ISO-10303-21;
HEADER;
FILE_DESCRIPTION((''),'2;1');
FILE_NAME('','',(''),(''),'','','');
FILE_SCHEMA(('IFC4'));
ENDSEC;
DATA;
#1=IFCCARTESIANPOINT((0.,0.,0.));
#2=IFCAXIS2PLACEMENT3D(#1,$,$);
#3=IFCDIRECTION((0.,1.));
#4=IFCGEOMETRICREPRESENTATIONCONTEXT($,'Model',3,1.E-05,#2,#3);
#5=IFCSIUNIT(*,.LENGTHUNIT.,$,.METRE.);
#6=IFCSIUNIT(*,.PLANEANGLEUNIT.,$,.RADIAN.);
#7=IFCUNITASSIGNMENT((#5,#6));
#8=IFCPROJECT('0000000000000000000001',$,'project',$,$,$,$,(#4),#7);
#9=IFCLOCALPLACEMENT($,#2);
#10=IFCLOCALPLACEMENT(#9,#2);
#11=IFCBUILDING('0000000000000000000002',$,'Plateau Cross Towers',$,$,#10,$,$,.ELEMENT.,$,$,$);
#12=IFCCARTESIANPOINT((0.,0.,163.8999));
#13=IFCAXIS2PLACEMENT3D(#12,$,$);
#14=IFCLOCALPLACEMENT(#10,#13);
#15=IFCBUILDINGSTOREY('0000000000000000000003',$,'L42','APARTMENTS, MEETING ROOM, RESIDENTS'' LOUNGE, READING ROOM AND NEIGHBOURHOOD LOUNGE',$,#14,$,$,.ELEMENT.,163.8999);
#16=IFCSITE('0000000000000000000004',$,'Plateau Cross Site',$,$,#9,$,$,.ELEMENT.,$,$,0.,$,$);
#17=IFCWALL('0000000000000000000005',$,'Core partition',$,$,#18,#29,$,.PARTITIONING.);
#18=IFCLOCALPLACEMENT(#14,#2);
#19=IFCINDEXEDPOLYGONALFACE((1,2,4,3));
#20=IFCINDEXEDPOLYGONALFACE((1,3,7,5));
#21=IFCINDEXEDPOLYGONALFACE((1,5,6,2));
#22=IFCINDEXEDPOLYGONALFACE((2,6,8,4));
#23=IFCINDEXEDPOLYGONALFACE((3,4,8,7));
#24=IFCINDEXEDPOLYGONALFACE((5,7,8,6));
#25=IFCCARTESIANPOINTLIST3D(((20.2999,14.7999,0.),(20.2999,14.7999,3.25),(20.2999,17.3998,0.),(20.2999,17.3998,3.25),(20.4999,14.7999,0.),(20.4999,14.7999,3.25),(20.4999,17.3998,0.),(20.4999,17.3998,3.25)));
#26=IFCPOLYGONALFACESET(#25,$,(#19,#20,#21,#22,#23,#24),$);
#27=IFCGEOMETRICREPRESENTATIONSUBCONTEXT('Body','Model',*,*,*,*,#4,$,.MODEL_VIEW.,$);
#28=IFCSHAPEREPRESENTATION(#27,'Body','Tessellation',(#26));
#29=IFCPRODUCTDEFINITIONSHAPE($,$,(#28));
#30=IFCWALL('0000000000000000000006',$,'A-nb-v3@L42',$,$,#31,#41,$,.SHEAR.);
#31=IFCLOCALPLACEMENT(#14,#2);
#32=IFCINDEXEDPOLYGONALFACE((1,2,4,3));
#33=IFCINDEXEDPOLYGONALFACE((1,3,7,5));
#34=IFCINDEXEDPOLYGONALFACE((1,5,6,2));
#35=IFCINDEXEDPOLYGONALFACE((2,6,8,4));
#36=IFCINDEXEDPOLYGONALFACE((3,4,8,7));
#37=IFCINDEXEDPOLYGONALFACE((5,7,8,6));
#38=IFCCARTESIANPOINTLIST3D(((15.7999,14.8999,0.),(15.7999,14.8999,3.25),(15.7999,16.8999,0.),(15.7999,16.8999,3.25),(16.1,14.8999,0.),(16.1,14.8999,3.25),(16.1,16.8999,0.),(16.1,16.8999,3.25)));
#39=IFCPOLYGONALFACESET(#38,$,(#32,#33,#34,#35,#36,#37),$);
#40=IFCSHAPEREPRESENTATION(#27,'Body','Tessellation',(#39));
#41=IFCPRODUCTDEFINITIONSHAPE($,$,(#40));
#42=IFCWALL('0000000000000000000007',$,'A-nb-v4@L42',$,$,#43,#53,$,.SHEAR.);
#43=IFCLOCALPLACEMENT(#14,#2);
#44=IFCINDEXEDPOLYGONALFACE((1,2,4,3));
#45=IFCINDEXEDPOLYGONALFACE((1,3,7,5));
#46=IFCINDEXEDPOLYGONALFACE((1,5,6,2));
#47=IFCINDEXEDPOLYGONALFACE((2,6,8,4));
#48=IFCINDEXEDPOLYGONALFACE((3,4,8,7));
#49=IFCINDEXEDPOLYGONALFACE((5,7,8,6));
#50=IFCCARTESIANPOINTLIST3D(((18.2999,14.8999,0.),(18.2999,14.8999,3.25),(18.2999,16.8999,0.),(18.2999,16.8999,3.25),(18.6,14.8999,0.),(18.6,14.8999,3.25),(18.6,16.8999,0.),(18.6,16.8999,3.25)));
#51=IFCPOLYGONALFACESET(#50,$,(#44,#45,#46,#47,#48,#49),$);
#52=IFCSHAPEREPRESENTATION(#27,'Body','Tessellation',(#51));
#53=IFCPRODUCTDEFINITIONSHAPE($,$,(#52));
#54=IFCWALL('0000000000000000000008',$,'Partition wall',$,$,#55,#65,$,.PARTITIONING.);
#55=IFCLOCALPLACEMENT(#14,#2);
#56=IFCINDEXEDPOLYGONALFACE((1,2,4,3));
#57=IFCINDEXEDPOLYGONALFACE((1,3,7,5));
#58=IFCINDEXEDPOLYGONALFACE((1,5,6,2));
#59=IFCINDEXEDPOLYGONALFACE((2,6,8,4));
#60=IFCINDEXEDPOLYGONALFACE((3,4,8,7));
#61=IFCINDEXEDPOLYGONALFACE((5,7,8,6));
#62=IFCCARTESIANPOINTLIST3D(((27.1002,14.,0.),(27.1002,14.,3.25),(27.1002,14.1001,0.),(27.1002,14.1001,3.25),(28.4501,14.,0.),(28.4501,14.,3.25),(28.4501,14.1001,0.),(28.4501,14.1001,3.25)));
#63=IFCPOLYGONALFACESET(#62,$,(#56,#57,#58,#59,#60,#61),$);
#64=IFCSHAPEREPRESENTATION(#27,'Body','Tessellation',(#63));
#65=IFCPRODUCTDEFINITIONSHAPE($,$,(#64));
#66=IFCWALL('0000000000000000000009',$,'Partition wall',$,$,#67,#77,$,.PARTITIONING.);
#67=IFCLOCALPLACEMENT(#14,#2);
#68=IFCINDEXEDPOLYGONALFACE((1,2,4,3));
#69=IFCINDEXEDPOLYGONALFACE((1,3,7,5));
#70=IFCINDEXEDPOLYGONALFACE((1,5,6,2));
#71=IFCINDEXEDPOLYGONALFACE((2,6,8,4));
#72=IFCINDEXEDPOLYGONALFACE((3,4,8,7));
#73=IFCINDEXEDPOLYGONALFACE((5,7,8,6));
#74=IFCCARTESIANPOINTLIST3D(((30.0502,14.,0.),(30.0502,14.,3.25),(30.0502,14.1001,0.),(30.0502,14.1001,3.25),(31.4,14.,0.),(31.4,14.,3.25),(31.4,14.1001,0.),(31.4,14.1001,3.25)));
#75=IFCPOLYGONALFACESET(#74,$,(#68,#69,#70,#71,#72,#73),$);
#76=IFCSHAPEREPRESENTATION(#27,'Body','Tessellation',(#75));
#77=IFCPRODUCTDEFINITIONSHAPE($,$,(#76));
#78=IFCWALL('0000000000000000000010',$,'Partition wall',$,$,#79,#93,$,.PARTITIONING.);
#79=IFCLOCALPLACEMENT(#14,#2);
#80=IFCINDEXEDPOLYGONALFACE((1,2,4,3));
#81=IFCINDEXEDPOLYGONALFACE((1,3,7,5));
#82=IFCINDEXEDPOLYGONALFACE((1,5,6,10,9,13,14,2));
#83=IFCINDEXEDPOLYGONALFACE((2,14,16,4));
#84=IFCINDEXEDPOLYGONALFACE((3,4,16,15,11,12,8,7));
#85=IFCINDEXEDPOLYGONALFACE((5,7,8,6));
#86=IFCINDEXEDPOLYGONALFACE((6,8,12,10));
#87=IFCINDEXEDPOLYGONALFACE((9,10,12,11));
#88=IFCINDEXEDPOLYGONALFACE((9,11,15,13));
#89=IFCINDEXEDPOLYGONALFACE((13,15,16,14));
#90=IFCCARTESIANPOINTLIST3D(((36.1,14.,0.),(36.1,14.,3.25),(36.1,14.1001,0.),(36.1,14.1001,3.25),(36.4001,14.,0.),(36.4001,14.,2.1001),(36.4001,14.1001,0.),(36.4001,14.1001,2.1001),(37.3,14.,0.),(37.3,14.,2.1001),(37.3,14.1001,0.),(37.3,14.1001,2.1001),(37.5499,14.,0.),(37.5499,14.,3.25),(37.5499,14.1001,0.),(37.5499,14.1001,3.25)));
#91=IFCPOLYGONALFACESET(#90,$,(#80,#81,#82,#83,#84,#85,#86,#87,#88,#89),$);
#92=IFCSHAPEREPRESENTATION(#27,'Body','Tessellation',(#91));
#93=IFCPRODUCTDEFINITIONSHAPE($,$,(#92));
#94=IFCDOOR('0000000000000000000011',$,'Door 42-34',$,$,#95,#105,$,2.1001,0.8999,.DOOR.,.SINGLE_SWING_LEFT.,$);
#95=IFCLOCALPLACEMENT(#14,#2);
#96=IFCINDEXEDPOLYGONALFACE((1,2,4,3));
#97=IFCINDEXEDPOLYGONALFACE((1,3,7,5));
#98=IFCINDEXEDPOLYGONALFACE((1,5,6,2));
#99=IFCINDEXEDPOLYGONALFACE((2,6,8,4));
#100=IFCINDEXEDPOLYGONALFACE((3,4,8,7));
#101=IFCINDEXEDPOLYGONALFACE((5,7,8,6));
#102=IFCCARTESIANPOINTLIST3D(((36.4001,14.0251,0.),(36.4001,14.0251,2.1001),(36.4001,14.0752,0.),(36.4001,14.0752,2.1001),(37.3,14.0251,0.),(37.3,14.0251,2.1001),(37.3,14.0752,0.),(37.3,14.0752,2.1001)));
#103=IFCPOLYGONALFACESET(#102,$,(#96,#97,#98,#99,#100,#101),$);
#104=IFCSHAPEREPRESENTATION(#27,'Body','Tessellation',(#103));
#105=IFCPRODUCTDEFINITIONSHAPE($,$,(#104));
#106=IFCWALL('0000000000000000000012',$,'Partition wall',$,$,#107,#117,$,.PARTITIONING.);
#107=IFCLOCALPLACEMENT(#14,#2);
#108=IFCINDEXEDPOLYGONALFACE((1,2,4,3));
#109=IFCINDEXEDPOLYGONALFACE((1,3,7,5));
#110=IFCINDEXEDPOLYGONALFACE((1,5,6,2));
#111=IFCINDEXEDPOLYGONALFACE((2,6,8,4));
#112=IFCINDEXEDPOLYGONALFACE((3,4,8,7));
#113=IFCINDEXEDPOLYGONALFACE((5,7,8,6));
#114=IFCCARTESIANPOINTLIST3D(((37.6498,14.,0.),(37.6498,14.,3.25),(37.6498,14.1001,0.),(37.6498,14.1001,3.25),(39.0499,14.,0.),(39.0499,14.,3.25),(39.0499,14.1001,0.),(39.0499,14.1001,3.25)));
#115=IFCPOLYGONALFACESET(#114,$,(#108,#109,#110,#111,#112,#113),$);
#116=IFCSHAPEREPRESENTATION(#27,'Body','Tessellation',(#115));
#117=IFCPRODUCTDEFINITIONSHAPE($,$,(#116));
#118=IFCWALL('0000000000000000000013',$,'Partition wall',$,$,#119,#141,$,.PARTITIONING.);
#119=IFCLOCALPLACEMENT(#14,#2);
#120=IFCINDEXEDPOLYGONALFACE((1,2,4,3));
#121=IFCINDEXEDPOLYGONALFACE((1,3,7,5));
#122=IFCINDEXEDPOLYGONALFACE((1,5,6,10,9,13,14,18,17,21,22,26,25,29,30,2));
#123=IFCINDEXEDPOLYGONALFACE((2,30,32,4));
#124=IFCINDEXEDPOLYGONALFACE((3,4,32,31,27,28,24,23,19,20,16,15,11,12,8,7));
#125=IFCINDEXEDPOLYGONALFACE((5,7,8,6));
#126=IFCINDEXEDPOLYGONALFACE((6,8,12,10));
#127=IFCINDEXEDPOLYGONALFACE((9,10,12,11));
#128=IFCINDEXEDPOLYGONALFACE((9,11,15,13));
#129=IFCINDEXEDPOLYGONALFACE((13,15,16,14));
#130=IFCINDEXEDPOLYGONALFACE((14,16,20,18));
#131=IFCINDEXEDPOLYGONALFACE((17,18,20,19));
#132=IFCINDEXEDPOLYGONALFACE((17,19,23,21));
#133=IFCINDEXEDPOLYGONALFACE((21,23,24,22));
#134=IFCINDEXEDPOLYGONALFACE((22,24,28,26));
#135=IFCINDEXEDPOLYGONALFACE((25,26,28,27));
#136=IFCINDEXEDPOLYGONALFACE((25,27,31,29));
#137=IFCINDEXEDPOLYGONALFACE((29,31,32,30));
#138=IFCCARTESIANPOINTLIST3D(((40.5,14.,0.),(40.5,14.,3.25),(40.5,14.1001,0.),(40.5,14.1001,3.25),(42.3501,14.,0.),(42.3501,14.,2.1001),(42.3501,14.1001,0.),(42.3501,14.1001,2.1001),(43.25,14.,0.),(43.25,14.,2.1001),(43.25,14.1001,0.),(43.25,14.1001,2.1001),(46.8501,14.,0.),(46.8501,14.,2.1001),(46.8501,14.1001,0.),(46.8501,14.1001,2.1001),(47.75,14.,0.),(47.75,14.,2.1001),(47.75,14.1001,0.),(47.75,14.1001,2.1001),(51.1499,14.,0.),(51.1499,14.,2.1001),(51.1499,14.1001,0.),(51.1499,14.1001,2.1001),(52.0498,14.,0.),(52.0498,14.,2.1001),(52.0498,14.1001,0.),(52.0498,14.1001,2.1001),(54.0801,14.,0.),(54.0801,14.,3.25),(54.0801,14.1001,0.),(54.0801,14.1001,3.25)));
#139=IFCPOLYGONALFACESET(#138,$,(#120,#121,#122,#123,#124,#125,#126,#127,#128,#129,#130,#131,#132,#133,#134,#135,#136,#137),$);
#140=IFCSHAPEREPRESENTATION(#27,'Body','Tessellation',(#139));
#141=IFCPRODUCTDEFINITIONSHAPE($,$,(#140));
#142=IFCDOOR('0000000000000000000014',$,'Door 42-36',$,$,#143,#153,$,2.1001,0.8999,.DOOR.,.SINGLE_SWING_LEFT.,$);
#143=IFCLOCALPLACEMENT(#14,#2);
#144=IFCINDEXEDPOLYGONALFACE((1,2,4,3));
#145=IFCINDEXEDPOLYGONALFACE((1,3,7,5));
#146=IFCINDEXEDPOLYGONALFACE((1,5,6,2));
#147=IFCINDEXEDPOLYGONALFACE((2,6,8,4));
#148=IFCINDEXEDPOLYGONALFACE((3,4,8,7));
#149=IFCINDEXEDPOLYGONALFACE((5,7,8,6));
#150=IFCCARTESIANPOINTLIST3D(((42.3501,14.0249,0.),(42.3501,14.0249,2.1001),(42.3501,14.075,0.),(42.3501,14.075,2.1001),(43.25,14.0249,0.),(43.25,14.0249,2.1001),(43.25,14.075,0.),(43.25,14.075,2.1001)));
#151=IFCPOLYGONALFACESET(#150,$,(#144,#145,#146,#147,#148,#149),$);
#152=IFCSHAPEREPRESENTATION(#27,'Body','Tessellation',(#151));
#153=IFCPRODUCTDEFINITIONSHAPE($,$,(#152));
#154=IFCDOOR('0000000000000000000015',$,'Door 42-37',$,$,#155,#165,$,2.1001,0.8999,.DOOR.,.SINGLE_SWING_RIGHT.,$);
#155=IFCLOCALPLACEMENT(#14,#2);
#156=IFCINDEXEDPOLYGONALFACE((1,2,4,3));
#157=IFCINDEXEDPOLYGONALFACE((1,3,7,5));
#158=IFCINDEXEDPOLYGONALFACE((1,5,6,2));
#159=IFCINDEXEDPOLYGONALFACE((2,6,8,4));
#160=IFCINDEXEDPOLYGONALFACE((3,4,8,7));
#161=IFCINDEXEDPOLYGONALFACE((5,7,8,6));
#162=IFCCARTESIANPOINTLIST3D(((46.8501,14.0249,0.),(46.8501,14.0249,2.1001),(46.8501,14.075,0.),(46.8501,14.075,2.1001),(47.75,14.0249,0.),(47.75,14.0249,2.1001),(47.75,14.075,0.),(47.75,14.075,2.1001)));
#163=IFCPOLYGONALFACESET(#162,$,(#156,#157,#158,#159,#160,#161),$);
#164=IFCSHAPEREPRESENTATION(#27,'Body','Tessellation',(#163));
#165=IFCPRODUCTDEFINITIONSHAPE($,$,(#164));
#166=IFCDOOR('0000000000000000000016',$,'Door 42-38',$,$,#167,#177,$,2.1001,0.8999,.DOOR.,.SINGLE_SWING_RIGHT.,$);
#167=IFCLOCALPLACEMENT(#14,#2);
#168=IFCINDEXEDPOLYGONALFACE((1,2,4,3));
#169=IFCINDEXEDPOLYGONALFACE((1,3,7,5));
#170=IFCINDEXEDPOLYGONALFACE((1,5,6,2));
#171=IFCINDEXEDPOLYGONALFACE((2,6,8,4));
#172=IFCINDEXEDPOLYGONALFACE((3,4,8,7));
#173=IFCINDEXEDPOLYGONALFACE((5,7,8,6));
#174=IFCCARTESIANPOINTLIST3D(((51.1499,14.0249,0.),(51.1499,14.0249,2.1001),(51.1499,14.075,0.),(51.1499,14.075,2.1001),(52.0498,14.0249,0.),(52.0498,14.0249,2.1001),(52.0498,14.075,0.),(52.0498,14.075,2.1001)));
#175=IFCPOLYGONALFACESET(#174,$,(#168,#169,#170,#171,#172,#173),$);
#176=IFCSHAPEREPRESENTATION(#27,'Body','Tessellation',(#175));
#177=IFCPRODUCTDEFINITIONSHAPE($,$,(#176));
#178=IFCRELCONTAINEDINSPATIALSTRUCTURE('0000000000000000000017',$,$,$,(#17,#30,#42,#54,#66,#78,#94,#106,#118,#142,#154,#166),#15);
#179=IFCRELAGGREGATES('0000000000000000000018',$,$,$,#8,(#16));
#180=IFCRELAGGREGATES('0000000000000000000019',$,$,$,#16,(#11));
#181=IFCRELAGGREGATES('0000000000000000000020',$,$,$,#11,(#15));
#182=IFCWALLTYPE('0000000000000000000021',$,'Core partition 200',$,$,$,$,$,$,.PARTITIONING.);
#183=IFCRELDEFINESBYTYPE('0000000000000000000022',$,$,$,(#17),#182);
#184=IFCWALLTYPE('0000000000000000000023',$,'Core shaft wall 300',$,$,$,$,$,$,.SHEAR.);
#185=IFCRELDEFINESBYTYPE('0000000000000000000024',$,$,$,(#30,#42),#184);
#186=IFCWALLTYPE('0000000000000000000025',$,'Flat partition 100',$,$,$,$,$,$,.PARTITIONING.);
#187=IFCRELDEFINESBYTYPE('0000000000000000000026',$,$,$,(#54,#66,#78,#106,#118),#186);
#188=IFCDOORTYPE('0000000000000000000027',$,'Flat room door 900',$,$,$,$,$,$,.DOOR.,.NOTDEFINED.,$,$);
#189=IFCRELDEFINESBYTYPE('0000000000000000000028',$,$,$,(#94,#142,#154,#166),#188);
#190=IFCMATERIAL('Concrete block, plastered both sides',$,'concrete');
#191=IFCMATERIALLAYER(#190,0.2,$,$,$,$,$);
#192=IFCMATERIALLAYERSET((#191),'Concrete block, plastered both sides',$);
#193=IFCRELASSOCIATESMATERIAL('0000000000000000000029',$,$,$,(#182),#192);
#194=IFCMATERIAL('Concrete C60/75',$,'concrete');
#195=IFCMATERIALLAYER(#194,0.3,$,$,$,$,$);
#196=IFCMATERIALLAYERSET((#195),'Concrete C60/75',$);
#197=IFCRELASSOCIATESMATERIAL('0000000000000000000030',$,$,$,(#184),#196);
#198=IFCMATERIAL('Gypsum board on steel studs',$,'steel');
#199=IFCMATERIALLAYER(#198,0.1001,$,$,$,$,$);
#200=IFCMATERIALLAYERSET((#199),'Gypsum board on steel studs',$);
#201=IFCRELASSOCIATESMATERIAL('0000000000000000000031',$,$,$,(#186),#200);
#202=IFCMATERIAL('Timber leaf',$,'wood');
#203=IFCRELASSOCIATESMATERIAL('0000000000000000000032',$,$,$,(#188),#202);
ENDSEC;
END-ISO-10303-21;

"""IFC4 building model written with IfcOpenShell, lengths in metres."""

from ifc_helpers import new_model, si_unit, direction, frame, frame_2d, origin, place, context, subcontext, project, spatial, rectangle, extrude, material, layer, layer_set, type_object, element, fill, save


model = new_model("IFC4")

# Units and contexts
model_context = context("Model", 3, precision=1e-05, world=origin(), true_north=direction((0.0, 1.0)))
body_context = subcontext(model_context, "Body", "Model", "MODEL_VIEW")
ifc_project = project(units=[si_unit("LENGTHUNIT", "METRE"), si_unit("PLANEANGLEUNIT", "RADIAN")], contexts=[model_context])

# Site, building, storey
site_placement = place(None, origin())
site = spatial("IfcSite", under=ifc_project, at=site_placement, Name="Plateau Cross Site", CompositionType="ELEMENT", RefElevation=0.0)
building_placement = place(site_placement, origin())
building = spatial("IfcBuilding", under=site, at=building_placement, Name="Plateau Cross Towers", CompositionType="ELEMENT")
storey_placement = place(building_placement, frame((0.0, 0.0, 163.8999)))
storey = spatial("IfcBuildingStorey", under=building, at=storey_placement, Name="L42", Description="APARTMENTS, MEETING ROOM, RESIDENTS' LOUNGE, READING ROOM AND NEIGHBOURHOOD LOUNGE", CompositionType="ELEMENT", Elevation=163.8999)

# Shared definitions
ifc_material_1 = material(Name="Concrete C60/75", Category="concrete")

# Shared definitions
ifc_material_2 = material(Name="Concrete block, plastered both sides", Category="concrete")
ifc_layer_1 = layer(ifc_material_2, 0.2)
ifc_layer_set_1 = layer_set([ifc_layer_1], Name="Concrete block, plastered both sides")
wall_type_1 = type_object("IfcWallType", Name="Core partition 200", PredefinedType="PARTITIONING", material=ifc_layer_set_1)

# Walls
wall_1_placement = place(storey_placement, frame((20.3999, 14.8, 0.0), z_axis=(0.0, 0.0, 1.0), x_axis=(0.0, 1.0, 0.0)))
element("IfcWall", 1, at=wall_1_placement, inside=storey, type_object=wall_type_1, Name="Core partition", PredefinedType="PARTITIONING", context=body_context, shape_type="SweptSolid", body=[
    extrude(rectangle(XDim=2.5999, YDim=0.2, at=frame_2d((1.2998, 0.0))), origin(), (0.0, 0.0, 1.0), 3.25),
])
ifc_layer_2 = layer(ifc_material_1, 0.3)
ifc_layer_set_2 = layer_set([ifc_layer_2], Name="Concrete C60/75")
wall_type_2 = type_object("IfcWallType", Name="Core shaft wall 300", PredefinedType="SHEAR", material=ifc_layer_set_2)
for number, where, z_axis, x_axis, name in (
    (2, (15.95, 14.8999, 0.0), (0.0, 0.0, 1.0), (0.0, 1.0, 0.0), "A-nb-v3@L42"),
    (3, (18.45, 14.8999, 0.0), (0.0, 0.0, 1.0), (0.0, 1.0, 0.0), "A-nb-v4@L42"),
):
    element("IfcWall", number, at=place(storey_placement, frame(where, z_axis=z_axis, x_axis=x_axis)), inside=storey, type_object=wall_type_2, Name=name, PredefinedType="SHEAR", context=body_context, shape_type="SweptSolid", body=[
        extrude(rectangle(XDim=2.0, YDim=0.3, at=frame_2d((1.0, 0.0))), origin(), (0.0, 0.0, 1.0), 3.25),
    ])
ifc_material_3 = material(Name="Gypsum board on steel studs", Category="steel")
ifc_layer_3 = layer(ifc_material_3, 0.1001)
ifc_layer_set_3 = layer_set([ifc_layer_3], Name="Gypsum board on steel studs")
wall_type_3 = type_object("IfcWallType", Name="Flat partition 100", PredefinedType="PARTITIONING", material=ifc_layer_set_3)
for number, where, z_axis, x_axis, name in (
    (4, (28.45, 14.05, 0.0), (0.0, 0.0, 1.0), (-1.0, 0.0, 0.0), "Partition wall"),
    (5, (31.3999, 14.05, 0.0), (0.0, 0.0, 1.0), (-1.0, 0.0, 0.0), "Partition wall"),
):
    element("IfcWall", number, at=place(storey_placement, frame(where, z_axis=z_axis, x_axis=x_axis)), inside=storey, type_object=wall_type_3, Name=name, PredefinedType="PARTITIONING", context=body_context, shape_type="SweptSolid", body=[
        extrude(rectangle(XDim=1.3499, YDim=0.1001, at=frame_2d((0.6748, 0.0))), origin(), (0.0, 0.0, 1.0), 3.25),
    ])

# Wall, opening, door
wall_2_placement = place(storey_placement, frame((37.55, 14.05, 0.0), z_axis=(0.0, 0.0, 1.0), x_axis=(-1.0, 0.0, 0.0)))
wall_2 = element("IfcWall", 6, at=wall_2_placement, inside=storey, type_object=wall_type_3, Name="Partition wall", PredefinedType="PARTITIONING", context=body_context, shape_type="SweptSolid", body=[
    extrude(rectangle(XDim=1.45, YDim=0.1001, at=frame_2d((0.7251, 0.0))), origin(), (0.0, 0.0, 1.0), 3.25),
])
opening_1_placement = place(wall_2_placement, frame((0.25, 0.0, 0.0)))
opening_1 = element("IfcOpeningElement", 7, at=opening_1_placement, cuts=wall_2, PredefinedType="OPENING", context=body_context, shape_type="SweptSolid", body=[
    extrude(rectangle(XDim=0.8999, YDim=2.1001, at=frame_2d((0.45, 1.05))), frame((0.0, 0.0601, 0.0), z_axis=(0.0, -1.0, 0.0), x_axis=(1.0, 0.0, 0.0)), (0.0, 0.0, 1.0), 0.1201),
])
ifc_material_4 = material(Name="Timber leaf", Category="wood")
door_type_1 = type_object("IfcDoorType", Name="Flat room door 900", OperationType="NOTDEFINED", PredefinedType="DOOR", material=ifc_material_4)
door_1_placement = place(opening_1_placement, origin())
door_1 = element("IfcDoor", 8, at=door_1_placement, inside=storey, type_object=door_type_1, Name="Door 42-34", OperationType="SINGLE_SWING_LEFT", OverallHeight=2.1001, OverallWidth=0.8999, PredefinedType="DOOR", context=body_context, shape_type="SweptSolid", body=[
    extrude(rectangle(XDim=0.8999, YDim=2.1001, at=frame_2d((0.45, 1.05))), frame((0.0, 0.0249, 0.0), z_axis=(0.0, -1.0, 0.0), x_axis=(1.0, 0.0, 0.0)), (0.0, 0.0, 1.0), 0.05),
])
fill(opening_1, door_1)

# Wall
wall_3_placement = place(storey_placement, frame((39.05, 14.05, 0.0), z_axis=(0.0, 0.0, 1.0), x_axis=(-1.0, 0.0, 0.0)))
element("IfcWall", 9, at=wall_3_placement, inside=storey, type_object=wall_type_3, Name="Partition wall", PredefinedType="PARTITIONING", context=body_context, shape_type="SweptSolid", body=[
    extrude(rectangle(XDim=1.4001, YDim=0.1001, at=frame_2d((0.7002, 0.0))), origin(), (0.0, 0.0, 1.0), 3.25),
])

# Wall, openings, doors
wall_4_placement = place(storey_placement, frame((40.5, 14.05, 0.0), z_axis=(0.0, 0.0, 1.0), x_axis=(1.0, 0.0, 0.0)))
wall_4 = element("IfcWall", 10, at=wall_4_placement, inside=storey, type_object=wall_type_3, Name="Partition wall", PredefinedType="PARTITIONING", context=body_context, shape_type="SweptSolid", body=[
    extrude(rectangle(XDim=13.5801, YDim=0.1001, at=frame_2d((6.79, 0.0))), origin(), (0.0, 0.0, 1.0), 3.25),
])
opening_2_placement = place(wall_4_placement, frame((1.8501, 0.0, 0.0)))
opening_2 = element("IfcOpeningElement", 11, at=opening_2_placement, cuts=wall_4, PredefinedType="OPENING", context=body_context, shape_type="SweptSolid", body=[
    extrude(rectangle(XDim=0.8999, YDim=2.1001, at=frame_2d((0.45, 1.05))), frame((0.0, 0.0601, 0.0), z_axis=(0.0, -1.0, 0.0), x_axis=(1.0, 0.0, 0.0)), (0.0, 0.0, 1.0), 0.1201),
])
opening_3_placement = place(wall_4_placement, frame((6.3501, 0.0, 0.0)))
opening_3 = element("IfcOpeningElement", 12, at=opening_3_placement, cuts=wall_4, PredefinedType="OPENING", context=body_context, shape_type="SweptSolid", body=[
    extrude(rectangle(XDim=0.8999, YDim=2.1001, at=frame_2d((0.45, 1.05))), frame((0.0, 0.0601, 0.0), z_axis=(0.0, -1.0, 0.0), x_axis=(1.0, 0.0, 0.0)), (0.0, 0.0, 1.0), 0.1201),
])
opening_4_placement = place(wall_4_placement, frame((10.6499, 0.0, 0.0)))
opening_4 = element("IfcOpeningElement", 13, at=opening_4_placement, cuts=wall_4, PredefinedType="OPENING", context=body_context, shape_type="SweptSolid", body=[
    extrude(rectangle(XDim=0.8999, YDim=2.1001, at=frame_2d((0.45, 1.05))), frame((0.0, 0.0601, 0.0), z_axis=(0.0, -1.0, 0.0), x_axis=(1.0, 0.0, 0.0)), (0.0, 0.0, 1.0), 0.1201),
])
door_2_placement = place(opening_2_placement, origin())
door_2 = element("IfcDoor", 14, at=door_2_placement, inside=storey, type_object=door_type_1, Name="Door 42-36", OperationType="SINGLE_SWING_LEFT", OverallHeight=2.1001, OverallWidth=0.8999, PredefinedType="DOOR", context=body_context, shape_type="SweptSolid", body=[
    extrude(rectangle(XDim=0.8999, YDim=2.1001, at=frame_2d((0.45, 1.05))), frame((0.0, 0.0249, 0.0), z_axis=(0.0, -1.0, 0.0), x_axis=(1.0, 0.0, 0.0)), (0.0, 0.0, 1.0), 0.05),
])
fill(opening_2, door_2)
door_3_placement = place(opening_3_placement, origin())
door_3 = element("IfcDoor", 15, at=door_3_placement, inside=storey, type_object=door_type_1, Name="Door 42-37", OperationType="SINGLE_SWING_RIGHT", OverallHeight=2.1001, OverallWidth=0.8999, PredefinedType="DOOR", context=body_context, shape_type="SweptSolid", body=[
    extrude(rectangle(XDim=0.8999, YDim=2.1001, at=frame_2d((0.45, 1.05))), frame((0.0, 0.0249, 0.0), z_axis=(0.0, -1.0, 0.0), x_axis=(1.0, 0.0, 0.0)), (0.0, 0.0, 1.0), 0.05),
])
fill(opening_3, door_3)
door_4_placement = place(opening_4_placement, origin())
door_4 = element("IfcDoor", 16, at=door_4_placement, inside=storey, type_object=door_type_1, Name="Door 42-38", OperationType="SINGLE_SWING_RIGHT", OverallHeight=2.1001, OverallWidth=0.8999, PredefinedType="DOOR", context=body_context, shape_type="SweptSolid", body=[
    extrude(rectangle(XDim=0.8999, YDim=2.1001, at=frame_2d((0.45, 1.05))), frame((0.0, 0.0249, 0.0), z_axis=(0.0, -1.0, 0.0), x_axis=(1.0, 0.0, 0.0)), (0.0, 0.0, 1.0), 0.05),
])
fill(opening_4, door_4)

save(model, "model.ifc")
